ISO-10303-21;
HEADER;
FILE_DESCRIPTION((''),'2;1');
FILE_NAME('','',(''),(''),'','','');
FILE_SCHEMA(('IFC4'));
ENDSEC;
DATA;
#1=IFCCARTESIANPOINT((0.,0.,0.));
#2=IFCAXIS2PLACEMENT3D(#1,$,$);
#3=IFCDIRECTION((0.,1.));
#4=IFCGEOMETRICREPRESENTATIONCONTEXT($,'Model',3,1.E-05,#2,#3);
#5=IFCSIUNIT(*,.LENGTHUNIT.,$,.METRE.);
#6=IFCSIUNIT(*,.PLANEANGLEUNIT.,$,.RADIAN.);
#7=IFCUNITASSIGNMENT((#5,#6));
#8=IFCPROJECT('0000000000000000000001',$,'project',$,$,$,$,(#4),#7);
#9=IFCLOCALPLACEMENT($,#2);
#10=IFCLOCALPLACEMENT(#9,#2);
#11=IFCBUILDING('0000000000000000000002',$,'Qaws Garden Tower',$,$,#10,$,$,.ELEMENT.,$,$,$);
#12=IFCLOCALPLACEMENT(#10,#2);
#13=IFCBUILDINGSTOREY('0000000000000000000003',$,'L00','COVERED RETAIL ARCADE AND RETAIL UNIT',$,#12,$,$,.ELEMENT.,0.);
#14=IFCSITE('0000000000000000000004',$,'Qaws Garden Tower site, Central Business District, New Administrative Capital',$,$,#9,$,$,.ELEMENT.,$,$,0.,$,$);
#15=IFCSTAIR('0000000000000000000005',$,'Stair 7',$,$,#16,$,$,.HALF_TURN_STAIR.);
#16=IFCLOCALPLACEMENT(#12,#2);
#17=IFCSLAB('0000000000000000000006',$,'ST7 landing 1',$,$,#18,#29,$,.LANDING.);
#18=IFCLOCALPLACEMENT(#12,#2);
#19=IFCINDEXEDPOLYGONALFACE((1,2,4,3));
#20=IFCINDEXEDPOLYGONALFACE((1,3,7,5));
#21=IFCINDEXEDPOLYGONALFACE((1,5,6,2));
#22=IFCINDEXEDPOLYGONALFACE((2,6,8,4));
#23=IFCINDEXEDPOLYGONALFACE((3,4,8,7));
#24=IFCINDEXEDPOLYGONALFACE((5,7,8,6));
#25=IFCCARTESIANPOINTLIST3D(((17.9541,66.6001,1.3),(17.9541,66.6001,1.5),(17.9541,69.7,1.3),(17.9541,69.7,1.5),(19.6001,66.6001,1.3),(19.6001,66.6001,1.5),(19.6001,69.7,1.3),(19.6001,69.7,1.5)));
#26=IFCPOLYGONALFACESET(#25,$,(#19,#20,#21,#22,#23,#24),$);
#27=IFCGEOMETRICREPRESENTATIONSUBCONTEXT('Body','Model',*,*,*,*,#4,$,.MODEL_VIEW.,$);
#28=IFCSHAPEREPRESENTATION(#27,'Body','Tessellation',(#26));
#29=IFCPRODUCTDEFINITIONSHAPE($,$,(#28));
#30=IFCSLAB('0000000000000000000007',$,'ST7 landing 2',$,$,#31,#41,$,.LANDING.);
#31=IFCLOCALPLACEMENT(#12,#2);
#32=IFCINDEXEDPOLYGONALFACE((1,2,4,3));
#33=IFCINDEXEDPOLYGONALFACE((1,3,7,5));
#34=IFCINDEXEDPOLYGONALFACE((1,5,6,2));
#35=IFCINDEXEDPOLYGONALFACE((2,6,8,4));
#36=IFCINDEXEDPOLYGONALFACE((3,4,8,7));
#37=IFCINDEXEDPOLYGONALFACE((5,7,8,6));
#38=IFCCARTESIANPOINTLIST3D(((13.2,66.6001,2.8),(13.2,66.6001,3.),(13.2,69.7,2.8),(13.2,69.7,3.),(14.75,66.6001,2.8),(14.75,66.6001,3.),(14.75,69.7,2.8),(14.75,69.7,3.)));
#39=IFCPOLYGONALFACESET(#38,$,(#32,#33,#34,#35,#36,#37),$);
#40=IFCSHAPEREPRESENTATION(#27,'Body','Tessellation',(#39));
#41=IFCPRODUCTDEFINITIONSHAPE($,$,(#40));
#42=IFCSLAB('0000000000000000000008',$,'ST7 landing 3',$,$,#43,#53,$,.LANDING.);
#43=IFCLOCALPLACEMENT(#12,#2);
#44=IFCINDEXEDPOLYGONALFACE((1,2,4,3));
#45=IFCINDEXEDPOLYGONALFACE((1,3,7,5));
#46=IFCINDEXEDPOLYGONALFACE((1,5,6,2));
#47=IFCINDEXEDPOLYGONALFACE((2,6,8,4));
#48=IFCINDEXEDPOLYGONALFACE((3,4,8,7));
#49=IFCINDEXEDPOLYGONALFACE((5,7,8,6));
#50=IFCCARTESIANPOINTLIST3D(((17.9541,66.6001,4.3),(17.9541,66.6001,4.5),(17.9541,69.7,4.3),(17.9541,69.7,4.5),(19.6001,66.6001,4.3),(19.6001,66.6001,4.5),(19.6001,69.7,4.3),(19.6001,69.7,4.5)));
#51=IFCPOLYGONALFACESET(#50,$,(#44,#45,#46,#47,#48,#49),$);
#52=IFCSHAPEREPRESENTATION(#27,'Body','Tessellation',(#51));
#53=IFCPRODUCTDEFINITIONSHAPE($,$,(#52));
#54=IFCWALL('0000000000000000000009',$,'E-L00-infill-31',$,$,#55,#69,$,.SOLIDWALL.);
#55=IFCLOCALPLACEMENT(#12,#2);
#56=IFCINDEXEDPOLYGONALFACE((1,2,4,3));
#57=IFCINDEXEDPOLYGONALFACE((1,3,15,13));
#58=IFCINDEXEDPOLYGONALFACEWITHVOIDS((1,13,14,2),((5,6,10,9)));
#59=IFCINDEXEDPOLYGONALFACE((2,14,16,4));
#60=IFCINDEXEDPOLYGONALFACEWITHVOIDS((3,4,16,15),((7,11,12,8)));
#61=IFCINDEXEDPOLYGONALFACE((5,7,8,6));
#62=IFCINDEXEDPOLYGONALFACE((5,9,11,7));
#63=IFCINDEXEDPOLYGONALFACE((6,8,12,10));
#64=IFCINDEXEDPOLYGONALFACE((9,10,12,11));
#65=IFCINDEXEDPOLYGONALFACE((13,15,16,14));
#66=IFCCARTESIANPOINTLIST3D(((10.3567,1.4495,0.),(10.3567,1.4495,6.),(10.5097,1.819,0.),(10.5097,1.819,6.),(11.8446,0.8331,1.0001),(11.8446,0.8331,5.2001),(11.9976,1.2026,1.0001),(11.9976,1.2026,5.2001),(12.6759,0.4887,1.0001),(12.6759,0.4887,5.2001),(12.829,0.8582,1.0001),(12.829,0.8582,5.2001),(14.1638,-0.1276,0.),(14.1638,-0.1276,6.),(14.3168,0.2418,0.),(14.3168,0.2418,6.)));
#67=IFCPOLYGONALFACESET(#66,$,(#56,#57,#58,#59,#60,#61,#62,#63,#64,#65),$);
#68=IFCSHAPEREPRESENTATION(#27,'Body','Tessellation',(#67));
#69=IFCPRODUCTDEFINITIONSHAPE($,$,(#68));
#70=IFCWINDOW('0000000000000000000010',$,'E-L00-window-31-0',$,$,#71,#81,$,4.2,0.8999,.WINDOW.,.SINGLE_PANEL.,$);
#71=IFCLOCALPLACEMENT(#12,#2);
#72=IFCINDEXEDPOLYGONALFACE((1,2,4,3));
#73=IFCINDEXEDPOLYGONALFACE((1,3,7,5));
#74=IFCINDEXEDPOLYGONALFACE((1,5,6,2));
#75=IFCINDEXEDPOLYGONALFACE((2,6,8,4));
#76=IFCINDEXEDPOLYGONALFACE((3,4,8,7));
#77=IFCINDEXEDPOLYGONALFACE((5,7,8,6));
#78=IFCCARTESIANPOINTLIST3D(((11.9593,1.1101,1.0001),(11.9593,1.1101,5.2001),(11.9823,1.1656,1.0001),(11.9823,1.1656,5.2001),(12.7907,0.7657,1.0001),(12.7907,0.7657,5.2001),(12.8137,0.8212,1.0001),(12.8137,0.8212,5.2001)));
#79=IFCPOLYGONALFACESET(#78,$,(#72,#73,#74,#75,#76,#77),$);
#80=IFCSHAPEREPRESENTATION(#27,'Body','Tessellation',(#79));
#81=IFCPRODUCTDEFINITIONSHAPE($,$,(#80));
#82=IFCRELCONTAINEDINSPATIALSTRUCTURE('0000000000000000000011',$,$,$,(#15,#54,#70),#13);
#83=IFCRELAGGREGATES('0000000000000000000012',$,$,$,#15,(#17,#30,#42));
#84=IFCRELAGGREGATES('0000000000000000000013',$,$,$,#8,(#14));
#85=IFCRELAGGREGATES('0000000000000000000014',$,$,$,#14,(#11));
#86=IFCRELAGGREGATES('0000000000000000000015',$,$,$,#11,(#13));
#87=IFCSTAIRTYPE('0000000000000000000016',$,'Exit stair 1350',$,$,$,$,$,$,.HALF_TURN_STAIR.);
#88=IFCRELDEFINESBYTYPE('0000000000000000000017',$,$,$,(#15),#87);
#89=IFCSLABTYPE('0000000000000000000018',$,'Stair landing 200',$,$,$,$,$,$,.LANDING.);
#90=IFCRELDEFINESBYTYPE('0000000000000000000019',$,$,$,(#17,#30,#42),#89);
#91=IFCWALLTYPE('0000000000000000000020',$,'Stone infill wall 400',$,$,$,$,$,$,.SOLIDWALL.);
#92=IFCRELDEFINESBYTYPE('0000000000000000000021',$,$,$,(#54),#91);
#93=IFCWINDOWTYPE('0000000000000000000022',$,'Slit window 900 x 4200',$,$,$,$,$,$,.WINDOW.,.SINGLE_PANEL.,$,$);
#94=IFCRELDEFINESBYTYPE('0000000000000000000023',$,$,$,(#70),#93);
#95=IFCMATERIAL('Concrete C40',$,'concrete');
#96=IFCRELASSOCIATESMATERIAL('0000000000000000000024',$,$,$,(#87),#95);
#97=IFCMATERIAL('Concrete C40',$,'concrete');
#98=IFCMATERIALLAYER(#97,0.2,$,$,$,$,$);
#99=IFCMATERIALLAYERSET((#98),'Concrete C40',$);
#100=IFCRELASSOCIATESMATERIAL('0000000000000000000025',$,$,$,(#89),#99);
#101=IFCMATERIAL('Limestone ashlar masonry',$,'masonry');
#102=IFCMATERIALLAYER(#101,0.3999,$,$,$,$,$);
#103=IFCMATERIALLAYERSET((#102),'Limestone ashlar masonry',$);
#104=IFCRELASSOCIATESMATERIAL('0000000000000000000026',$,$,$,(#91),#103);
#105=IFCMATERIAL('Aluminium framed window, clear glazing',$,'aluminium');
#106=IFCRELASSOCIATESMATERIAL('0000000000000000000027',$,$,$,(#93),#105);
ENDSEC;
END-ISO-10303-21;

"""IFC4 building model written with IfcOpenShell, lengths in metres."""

from ifc_helpers import new_model, si_unit, direction, frame, frame_2d, origin, place, context, subcontext, project, spatial, polyline, rectangle, outline, extrude, material, layer, layer_set, type_object, element, fill, aggregate, save


model = new_model("IFC4")

# Units and contexts
model_context = context("Model", 3, precision=1e-05, world=origin(), true_north=direction((0.0, 1.0)))
body_context = subcontext(model_context, "Body", "Model", "MODEL_VIEW")
ifc_project = project(units=[si_unit("LENGTHUNIT", "METRE"), si_unit("PLANEANGLEUNIT", "RADIAN")], contexts=[model_context])

# Site, building, storey
site_placement = place(None, origin())
site = spatial("IfcSite", under=ifc_project, at=site_placement, Name="Qaws Garden Tower site, Central Business District, New Administrative Capital", CompositionType="ELEMENT", RefElevation=0.0)
building_placement = place(site_placement, origin())
building = spatial("IfcBuilding", under=site, at=building_placement, Name="Qaws Garden Tower", CompositionType="ELEMENT")
storey_placement = place(building_placement, origin())
storey = spatial("IfcBuildingStorey", under=building, at=storey_placement, Name="L00", Description="COVERED RETAIL ARCADE AND RETAIL UNIT", CompositionType="ELEMENT", Elevation=0.0)

# Stair, slabs
ifc_material_1 = material(Name="Concrete C40", Category="concrete")
stair_type = type_object("IfcStairType", Name="Exit stair 1350", PredefinedType="HALF_TURN_STAIR", material=ifc_material_1)
placement_1 = place(storey_placement, origin())
ifc_material_2 = material(Name="Concrete C40", Category="concrete")
ifc_layer_1 = layer(ifc_material_2, 0.2)
ifc_layer_set_1 = layer_set([ifc_layer_1], Name="Concrete C40")
slab_type_1 = type_object("IfcSlabType", Name="Stair landing 200", PredefinedType="LANDING", material=ifc_layer_set_1)
placement_2 = place(storey_placement, frame((0.0, 0.0, 2.8)))
placement_3 = place(storey_placement, frame((0.0, 0.0, 4.3)))
placement_4 = place(storey_placement, frame((0.0, 0.0, 1.3)))
stair_1 = element("IfcStair", 1, at=placement_1, inside=storey, type_object=stair_type, Name="Stair 7", PredefinedType="HALF_TURN_STAIR")
slab_1 = element("IfcSlab", 2, at=placement_4, type_object=slab_type_1, Name="ST7 landing 1", PredefinedType="LANDING", context=body_context, shape_type="SweptSolid", body=[
    extrude(outline(polyline([(17.9541, 66.6001), (19.6001, 66.6001), (19.6001, 69.7), (17.9541, 69.7), (17.9541, 66.6001)])), origin(), (0.0, 0.0, 1.0), 0.2),
])
slab_2 = element("IfcSlab", 3, at=placement_2, type_object=slab_type_1, Name="ST7 landing 2", PredefinedType="LANDING", context=body_context, shape_type="SweptSolid", body=[
    extrude(outline(polyline([(13.2, 66.6001), (14.75, 66.6001), (14.75, 69.7), (13.2, 69.7), (13.2, 66.6001)])), origin(), (0.0, 0.0, 1.0), 0.2),
])
slab_3 = element("IfcSlab", 4, at=placement_3, type_object=slab_type_1, Name="ST7 landing 3", PredefinedType="LANDING", context=body_context, shape_type="SweptSolid", body=[
    extrude(outline(polyline([(17.9541, 66.6001), (19.6001, 66.6001), (19.6001, 69.7), (17.9541, 69.7), (17.9541, 66.6001)])), origin(), (0.0, 0.0, 1.0), 0.2),
])
aggregate(stair_1, [slab_1, slab_2, slab_3])

# Wall, opening, window
ifc_material_3 = material(Name="Limestone ashlar masonry", Category="masonry")
ifc_layer_2 = layer(ifc_material_3, 0.3999)
ifc_layer_set_2 = layer_set([ifc_layer_2], Name="Limestone ashlar masonry")
wall_type = type_object("IfcWallType", Name="Stone infill wall 400", PredefinedType="SOLIDWALL", material=ifc_layer_set_2)
wall_placement = place(storey_placement, frame((10.4331, 1.6343, 0.0), z_axis=(0.0, 0.0, 1.0), x_axis=(0.923864, -0.382722, 0.0)))
wall = element("IfcWall", 5, at=wall_placement, inside=storey, type_object=wall_type, Name="E-L00-infill-31", PredefinedType="SOLIDWALL", context=body_context, shape_type="SweptSolid", body=[
    extrude(rectangle(XDim=4.1208, YDim=0.3999, at=frame_2d((2.0605, 0.0))), origin(), (0.0, 0.0, 1.0), 6.0),
])
opening_placement = place(wall_placement, frame((1.6106, 0.0, 1.0)))
opening = element("IfcOpeningElement", 6, at=opening_placement, cuts=wall, PredefinedType="OPENING", context=body_context, shape_type="SweptSolid", body=[
    extrude(rectangle(XDim=0.8999, YDim=4.2, at=frame_2d((0.45, 2.1001))), frame((0.0, 0.21, 0.0), z_axis=(0.0, -1.0, 0.0), x_axis=(1.0, 0.0, 0.0)), (0.0, 0.0, 1.0), 0.4199),
])
ifc_material_4 = material(Name="Aluminium framed window, clear glazing", Category="aluminium")
window_type = type_object("IfcWindowType", Name="Slit window 900 x 4200", PartitioningType="SINGLE_PANEL", PredefinedType="WINDOW", material=ifc_material_4)
window_placement = place(opening_placement, origin())
window = element("IfcWindow", 7, at=window_placement, inside=storey, type_object=window_type, Name="E-L00-window-31-0", OverallHeight=4.2, OverallWidth=0.8999, PartitioningType="SINGLE_PANEL", PredefinedType="WINDOW", context=body_context, shape_type="SweptSolid", body=[
    extrude(rectangle(XDim=0.8999, YDim=4.2, at=frame_2d((0.45, 2.1001))), frame((0.0, 0.1599, 0.0), z_axis=(0.0, -1.0, 0.0), x_axis=(1.0, 0.0, 0.0)), (0.0, 0.0, 1.0), 0.0601),
])
fill(opening, window)

save(model, "model.ifc")
